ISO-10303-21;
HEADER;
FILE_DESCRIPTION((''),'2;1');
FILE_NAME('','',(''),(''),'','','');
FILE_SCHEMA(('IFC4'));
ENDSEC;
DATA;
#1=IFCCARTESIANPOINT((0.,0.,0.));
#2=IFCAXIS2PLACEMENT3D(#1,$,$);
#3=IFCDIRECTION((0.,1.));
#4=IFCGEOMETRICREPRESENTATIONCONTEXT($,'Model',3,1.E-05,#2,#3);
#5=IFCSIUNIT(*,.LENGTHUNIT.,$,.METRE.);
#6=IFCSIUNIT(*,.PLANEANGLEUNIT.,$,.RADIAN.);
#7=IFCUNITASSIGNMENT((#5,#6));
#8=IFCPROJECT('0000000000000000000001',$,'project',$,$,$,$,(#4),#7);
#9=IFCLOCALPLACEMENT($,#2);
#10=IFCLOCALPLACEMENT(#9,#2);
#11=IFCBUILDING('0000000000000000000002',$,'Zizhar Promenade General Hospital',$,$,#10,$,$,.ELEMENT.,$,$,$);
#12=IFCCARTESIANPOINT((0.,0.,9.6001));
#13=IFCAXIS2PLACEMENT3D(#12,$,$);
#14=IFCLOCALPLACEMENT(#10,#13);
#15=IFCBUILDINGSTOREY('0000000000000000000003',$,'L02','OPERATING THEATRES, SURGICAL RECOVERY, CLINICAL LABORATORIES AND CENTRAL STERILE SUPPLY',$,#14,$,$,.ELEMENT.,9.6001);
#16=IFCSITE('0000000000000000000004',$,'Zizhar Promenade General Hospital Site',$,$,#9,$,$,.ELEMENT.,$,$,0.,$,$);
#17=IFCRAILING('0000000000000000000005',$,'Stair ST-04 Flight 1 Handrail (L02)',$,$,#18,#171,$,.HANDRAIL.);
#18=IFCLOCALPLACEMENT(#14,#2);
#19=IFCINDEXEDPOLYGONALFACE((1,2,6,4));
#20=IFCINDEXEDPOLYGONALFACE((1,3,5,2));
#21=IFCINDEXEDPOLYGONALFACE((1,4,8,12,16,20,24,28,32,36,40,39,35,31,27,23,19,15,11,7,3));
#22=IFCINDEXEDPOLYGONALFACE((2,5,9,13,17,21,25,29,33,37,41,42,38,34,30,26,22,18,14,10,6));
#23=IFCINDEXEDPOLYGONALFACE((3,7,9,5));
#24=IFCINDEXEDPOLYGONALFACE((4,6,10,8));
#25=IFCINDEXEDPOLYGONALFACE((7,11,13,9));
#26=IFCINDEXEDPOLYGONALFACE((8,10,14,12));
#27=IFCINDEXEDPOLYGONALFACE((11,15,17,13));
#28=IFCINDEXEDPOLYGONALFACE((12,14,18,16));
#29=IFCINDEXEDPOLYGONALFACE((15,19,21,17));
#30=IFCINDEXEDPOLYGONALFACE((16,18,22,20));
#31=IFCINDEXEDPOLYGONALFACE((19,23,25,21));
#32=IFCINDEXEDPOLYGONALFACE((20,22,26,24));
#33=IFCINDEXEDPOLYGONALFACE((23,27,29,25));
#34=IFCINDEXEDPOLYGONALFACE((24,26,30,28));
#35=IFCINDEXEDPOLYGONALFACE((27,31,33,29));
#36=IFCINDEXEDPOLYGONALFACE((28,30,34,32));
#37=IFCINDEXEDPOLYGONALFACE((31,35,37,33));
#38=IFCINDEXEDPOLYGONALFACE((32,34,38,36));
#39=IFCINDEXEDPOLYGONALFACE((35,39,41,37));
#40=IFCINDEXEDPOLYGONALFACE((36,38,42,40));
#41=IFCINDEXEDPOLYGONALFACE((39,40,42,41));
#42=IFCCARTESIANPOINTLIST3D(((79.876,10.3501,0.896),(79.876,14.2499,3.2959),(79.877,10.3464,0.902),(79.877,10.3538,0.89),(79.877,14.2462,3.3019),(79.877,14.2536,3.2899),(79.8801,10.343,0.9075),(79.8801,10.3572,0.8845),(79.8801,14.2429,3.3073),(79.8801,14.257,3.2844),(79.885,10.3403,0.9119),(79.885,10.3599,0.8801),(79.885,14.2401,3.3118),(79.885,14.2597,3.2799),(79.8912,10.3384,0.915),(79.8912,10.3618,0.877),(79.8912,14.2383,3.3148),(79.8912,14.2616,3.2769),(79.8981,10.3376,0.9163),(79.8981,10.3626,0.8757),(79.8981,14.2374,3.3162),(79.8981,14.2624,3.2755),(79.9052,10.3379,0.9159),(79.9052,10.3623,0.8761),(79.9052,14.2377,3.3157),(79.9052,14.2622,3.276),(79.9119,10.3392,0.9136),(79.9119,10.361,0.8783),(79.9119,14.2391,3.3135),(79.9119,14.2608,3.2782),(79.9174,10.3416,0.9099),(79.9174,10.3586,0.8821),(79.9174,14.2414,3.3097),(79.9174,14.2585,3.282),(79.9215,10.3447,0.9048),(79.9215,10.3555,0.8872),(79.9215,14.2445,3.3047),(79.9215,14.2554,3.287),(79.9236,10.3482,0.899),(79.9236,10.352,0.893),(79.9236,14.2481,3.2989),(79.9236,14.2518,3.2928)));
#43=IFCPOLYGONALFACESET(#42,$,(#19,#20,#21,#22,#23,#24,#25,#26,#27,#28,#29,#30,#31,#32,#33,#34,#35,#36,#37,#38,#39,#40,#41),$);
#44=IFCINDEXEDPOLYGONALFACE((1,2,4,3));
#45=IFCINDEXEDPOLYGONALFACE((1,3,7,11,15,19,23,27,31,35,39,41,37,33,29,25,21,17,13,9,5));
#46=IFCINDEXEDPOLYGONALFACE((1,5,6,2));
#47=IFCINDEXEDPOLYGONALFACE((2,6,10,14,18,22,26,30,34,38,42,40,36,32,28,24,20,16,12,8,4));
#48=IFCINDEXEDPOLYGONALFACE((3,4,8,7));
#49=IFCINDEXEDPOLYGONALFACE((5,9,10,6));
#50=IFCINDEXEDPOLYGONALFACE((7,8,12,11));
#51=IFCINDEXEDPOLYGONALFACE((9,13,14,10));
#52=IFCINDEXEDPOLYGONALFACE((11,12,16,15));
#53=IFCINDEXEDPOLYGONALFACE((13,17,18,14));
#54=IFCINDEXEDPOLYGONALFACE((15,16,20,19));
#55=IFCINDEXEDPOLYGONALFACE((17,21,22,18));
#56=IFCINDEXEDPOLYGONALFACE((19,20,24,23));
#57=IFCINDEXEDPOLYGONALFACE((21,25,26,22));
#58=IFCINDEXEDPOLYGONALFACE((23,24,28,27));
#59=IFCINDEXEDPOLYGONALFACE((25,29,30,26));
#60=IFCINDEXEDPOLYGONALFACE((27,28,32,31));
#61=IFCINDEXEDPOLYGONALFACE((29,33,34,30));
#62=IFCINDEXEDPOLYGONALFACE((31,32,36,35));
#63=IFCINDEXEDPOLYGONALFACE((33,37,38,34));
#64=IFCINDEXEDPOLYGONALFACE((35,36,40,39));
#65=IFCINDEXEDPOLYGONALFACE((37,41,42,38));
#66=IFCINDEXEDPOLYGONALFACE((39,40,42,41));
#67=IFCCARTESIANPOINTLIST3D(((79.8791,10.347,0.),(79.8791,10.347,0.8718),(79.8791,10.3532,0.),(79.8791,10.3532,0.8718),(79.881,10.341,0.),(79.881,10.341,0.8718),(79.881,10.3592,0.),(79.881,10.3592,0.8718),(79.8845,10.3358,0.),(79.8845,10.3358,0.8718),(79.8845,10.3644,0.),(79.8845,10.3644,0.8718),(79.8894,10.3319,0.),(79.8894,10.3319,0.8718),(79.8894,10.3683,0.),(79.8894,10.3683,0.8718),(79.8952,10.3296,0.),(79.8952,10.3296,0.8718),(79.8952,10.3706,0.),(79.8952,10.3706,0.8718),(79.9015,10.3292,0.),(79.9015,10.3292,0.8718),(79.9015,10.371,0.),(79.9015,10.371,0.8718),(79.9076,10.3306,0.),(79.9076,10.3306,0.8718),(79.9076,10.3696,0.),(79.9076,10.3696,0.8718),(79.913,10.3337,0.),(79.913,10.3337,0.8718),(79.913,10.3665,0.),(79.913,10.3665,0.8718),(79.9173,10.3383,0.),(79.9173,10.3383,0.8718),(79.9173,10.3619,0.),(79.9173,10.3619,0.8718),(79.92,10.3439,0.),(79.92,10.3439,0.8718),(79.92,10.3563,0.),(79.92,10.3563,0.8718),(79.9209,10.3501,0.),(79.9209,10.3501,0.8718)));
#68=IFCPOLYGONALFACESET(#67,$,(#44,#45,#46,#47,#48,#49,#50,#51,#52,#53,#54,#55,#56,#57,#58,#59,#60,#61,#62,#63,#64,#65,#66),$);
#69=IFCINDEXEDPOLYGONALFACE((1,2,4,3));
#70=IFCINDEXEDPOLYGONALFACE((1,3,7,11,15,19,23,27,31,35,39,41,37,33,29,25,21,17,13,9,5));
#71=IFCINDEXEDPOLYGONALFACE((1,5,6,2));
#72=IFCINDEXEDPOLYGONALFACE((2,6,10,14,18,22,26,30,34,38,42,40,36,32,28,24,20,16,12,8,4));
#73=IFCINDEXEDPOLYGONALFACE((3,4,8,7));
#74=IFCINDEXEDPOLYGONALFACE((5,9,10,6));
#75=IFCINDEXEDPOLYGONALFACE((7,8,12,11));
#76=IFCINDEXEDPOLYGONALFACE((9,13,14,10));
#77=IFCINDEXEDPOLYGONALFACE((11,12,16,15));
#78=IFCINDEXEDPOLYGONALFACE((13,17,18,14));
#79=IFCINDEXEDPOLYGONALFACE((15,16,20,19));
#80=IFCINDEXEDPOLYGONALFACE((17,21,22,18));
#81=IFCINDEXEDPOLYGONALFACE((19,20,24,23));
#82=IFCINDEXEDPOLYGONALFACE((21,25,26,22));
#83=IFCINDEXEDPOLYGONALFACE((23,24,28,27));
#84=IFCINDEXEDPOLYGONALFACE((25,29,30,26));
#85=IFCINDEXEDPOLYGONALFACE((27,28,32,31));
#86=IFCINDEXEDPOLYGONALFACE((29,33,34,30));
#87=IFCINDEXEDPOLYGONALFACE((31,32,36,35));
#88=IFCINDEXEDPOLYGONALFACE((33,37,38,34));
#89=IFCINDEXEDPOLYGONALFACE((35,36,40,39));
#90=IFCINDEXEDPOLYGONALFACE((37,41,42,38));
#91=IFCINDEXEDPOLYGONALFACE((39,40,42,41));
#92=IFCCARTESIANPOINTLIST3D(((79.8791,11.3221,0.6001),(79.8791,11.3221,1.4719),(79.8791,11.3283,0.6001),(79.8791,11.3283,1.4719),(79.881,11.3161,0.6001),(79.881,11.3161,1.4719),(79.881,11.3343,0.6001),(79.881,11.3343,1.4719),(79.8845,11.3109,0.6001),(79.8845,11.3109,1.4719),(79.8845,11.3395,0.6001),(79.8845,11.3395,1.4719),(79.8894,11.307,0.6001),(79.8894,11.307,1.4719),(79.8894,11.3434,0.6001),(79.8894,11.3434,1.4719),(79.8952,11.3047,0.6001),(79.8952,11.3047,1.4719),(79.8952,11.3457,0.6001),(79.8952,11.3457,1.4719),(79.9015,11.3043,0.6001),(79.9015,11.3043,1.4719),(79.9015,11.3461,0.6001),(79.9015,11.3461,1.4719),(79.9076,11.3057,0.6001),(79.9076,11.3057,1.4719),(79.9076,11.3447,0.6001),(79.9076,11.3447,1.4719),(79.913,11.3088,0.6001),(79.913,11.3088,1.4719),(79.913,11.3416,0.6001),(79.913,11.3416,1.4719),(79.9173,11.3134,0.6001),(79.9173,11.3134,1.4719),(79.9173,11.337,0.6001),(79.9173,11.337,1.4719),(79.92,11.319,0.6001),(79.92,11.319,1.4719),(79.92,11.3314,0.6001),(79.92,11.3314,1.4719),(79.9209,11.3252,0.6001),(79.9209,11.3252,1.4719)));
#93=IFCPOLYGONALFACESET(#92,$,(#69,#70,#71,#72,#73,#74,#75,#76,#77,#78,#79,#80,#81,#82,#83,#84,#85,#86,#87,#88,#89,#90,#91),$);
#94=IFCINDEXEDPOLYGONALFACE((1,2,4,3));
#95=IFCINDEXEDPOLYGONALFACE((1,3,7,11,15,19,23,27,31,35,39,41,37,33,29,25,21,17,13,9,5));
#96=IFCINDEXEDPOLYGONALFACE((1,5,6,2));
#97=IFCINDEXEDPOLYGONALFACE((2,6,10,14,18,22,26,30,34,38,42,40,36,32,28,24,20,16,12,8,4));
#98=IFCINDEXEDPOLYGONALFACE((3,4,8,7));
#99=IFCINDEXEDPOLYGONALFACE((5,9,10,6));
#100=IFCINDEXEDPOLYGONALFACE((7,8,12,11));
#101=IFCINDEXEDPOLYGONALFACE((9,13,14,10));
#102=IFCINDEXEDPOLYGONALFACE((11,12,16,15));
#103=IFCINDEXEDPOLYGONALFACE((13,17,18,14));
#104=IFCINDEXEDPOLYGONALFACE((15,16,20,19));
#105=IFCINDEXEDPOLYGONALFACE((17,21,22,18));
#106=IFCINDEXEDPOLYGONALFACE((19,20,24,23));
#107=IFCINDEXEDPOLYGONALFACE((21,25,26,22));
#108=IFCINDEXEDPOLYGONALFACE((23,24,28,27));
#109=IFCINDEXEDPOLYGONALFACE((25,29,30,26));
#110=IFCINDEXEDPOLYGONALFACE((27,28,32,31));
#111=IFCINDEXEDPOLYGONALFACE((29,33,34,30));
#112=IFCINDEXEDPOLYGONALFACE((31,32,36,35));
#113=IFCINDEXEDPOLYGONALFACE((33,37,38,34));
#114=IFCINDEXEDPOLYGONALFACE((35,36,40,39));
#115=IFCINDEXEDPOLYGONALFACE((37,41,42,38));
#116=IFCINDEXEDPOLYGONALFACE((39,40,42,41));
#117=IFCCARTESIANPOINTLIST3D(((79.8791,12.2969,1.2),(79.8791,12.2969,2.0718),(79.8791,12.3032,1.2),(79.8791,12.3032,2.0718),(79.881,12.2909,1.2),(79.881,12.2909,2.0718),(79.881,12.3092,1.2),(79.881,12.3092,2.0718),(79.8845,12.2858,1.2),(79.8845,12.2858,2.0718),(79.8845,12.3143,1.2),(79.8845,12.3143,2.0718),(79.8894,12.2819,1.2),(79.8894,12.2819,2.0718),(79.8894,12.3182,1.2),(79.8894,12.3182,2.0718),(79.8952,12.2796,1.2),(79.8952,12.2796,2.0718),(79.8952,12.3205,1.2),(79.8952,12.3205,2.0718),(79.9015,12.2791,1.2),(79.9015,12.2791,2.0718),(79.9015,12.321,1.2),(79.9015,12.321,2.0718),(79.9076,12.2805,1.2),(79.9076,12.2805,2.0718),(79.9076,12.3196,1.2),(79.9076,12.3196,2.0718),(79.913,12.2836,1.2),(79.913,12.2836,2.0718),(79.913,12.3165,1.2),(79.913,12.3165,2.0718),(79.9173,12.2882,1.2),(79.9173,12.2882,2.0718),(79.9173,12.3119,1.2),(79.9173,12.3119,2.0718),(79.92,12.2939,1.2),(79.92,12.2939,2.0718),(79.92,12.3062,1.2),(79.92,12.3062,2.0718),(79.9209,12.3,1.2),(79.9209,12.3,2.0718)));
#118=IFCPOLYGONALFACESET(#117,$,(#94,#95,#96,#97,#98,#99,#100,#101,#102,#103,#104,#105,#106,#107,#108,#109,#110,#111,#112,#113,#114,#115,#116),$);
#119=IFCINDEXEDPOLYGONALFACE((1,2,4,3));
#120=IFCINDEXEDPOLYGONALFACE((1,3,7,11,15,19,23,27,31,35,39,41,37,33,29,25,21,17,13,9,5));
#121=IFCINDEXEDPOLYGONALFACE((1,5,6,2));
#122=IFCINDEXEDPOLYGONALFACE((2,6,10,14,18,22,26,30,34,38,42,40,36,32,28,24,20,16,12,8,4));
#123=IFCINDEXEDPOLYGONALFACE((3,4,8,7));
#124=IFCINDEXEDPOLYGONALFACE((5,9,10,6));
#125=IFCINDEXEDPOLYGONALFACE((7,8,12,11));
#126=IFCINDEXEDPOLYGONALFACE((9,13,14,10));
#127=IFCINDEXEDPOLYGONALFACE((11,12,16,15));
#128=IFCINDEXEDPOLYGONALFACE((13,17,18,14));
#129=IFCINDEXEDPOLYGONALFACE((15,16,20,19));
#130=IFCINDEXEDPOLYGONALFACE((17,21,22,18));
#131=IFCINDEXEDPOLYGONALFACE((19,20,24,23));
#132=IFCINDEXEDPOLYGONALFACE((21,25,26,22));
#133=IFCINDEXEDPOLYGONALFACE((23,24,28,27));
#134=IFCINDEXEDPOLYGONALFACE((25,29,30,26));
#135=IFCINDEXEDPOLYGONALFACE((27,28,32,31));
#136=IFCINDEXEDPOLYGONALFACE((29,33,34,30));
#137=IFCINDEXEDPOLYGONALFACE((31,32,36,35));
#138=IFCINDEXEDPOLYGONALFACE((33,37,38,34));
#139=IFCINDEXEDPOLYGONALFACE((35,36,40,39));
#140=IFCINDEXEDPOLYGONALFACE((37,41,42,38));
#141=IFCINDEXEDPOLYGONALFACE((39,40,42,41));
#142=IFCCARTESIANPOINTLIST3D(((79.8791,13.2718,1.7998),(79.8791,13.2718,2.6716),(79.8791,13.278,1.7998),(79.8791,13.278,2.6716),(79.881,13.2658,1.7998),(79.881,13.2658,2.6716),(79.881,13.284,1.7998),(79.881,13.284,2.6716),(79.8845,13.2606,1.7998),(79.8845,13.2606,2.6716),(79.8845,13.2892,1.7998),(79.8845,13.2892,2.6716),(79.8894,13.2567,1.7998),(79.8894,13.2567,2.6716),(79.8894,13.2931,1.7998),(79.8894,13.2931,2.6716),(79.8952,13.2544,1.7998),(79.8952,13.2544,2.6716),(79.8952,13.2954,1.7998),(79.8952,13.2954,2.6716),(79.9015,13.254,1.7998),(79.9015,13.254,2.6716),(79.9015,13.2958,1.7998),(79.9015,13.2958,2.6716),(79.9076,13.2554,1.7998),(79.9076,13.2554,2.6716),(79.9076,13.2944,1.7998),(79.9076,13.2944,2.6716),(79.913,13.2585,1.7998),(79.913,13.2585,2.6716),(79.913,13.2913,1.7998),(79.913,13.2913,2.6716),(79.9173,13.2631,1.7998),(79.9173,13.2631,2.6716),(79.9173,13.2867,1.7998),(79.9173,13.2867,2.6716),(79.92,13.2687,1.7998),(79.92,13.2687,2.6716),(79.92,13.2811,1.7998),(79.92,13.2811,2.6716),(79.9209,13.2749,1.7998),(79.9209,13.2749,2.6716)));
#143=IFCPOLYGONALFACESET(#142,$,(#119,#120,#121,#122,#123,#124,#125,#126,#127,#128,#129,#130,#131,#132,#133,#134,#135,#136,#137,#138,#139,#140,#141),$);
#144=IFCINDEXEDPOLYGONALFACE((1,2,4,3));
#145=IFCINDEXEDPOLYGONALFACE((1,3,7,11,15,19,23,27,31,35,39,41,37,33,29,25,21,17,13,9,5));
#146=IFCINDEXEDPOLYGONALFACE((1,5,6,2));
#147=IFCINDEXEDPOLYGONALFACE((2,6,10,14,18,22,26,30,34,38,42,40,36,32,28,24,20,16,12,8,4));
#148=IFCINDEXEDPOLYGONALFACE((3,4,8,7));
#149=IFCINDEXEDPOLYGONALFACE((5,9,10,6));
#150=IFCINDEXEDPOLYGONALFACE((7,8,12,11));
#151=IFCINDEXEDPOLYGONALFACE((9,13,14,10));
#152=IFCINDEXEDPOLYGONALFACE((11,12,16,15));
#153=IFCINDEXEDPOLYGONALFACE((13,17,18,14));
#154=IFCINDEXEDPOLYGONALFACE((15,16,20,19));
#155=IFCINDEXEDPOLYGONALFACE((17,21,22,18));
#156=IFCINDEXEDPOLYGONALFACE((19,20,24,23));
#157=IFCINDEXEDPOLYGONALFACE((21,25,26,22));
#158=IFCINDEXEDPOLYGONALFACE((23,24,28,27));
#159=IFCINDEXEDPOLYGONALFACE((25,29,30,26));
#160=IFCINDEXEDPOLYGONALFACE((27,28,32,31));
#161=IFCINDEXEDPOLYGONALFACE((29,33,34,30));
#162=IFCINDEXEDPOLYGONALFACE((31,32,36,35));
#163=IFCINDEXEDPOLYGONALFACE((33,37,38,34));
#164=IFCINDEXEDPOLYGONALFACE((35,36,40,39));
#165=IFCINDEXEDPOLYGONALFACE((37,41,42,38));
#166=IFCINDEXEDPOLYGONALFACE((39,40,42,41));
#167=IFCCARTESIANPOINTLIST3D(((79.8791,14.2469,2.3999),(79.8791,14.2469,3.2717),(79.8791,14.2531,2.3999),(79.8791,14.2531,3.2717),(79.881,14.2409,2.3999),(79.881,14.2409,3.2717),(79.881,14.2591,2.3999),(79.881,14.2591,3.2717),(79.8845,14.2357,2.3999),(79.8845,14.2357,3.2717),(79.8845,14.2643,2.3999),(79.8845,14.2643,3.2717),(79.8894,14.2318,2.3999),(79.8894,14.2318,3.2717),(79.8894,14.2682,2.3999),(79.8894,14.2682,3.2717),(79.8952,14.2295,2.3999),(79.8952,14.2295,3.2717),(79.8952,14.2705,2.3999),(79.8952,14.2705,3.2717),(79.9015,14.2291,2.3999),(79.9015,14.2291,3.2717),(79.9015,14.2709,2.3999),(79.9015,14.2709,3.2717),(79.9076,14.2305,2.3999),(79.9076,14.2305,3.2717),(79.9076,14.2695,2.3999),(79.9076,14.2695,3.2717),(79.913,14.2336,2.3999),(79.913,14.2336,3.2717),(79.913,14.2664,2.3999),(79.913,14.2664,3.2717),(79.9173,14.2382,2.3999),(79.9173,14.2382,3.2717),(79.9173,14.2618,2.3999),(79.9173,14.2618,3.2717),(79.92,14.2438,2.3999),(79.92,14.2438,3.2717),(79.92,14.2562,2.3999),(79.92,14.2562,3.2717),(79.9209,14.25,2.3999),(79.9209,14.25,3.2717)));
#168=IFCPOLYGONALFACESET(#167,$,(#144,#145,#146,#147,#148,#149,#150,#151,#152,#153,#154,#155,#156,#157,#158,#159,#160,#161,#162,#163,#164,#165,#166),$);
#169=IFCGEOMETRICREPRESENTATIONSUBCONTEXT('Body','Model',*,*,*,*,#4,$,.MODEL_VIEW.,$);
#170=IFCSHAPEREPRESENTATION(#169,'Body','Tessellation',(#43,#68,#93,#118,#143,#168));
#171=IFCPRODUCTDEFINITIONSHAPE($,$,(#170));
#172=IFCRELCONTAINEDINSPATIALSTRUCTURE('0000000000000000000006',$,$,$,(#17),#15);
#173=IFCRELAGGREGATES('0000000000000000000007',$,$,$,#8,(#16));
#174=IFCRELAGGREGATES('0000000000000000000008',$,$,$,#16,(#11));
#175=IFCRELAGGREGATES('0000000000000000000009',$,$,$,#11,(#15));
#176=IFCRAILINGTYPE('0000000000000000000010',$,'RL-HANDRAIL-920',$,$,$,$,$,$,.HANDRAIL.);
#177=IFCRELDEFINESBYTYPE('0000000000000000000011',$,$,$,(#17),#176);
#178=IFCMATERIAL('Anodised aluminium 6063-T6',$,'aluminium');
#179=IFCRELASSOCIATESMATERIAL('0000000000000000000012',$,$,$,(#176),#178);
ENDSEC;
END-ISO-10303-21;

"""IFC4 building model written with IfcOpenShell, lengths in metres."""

from ifc_helpers import new_model, si_unit, direction, frame, origin, origin_2d, place, context, subcontext, project, spatial, circle, hollow_circle, extrude, material, material_profile, profile_set, type_object, element, save


model = new_model("IFC4")

# Units and contexts
model_context = context("Model", 3, precision=1e-05, world=origin(), true_north=direction((0.0, 1.0)))
body_context = subcontext(model_context, "Body", "Model", "MODEL_VIEW")
ifc_project = project(units=[si_unit("LENGTHUNIT", "METRE"), si_unit("PLANEANGLEUNIT", "RADIAN")], contexts=[model_context])

# Site, building, storey
site_placement = place(None, origin())
site = spatial("IfcSite", under=ifc_project, at=site_placement, Name="Zizhar Promenade General Hospital Site", CompositionType="ELEMENT", RefElevation=0.0)
building_placement = place(site_placement, origin())
building = spatial("IfcBuilding", under=site, at=building_placement, Name="Zizhar Promenade General Hospital", CompositionType="ELEMENT")
storey_placement = place(building_placement, frame((0.0, 0.0, 9.6001)))
storey = spatial("IfcBuildingStorey", under=building, at=storey_placement, Name="L02", Description="OPERATING THEATRES, SURGICAL RECOVERY, CLINICAL LABORATORIES AND CENTRAL STERILE SUPPLY", CompositionType="ELEMENT", Elevation=9.6001)

# Railing
ifc_material_1 = material(Name="Anodised aluminium 6063-T6", Category="aluminium")
ifc_material_profile_1 = material_profile(ifc_material_1, hollow_circle(Radius=0.0698, WallThickness=0.0063, at=origin_2d()))
ifc_profile_set_1 = profile_set([ifc_material_profile_1], Name="Anodised aluminium 6063-T6")
railing_type_1 = type_object("IfcRailingType", Name="RL-HANDRAIL-920", PredefinedType="HANDRAIL", material=ifc_profile_set_1)
railing_1_placement = place(storey_placement, frame((79.8999, 10.3501, 0.0)))
element("IfcRailing", 1, at=railing_1_placement, inside=storey, type_object=railing_type_1, Name="Stair ST-04 Flight 1 Handrail (L02)", PredefinedType="HANDRAIL", context=body_context, shape_type="SweptSolid", body=[
    extrude(circle(Radius=0.0239, at=origin_2d()), frame((0.0, 0.0, 0.896), z_axis=(0.0, 0.851662, 0.524091), x_axis=(-1.0, 0.0, 0.0)), (0.0, 0.0, 1.0), 4.5791),
    extrude(circle(Radius=0.021, at=origin_2d()), origin(), (0.0, 0.0, 1.0), 0.8718),
    extrude(circle(Radius=0.021, at=origin_2d()), frame((0.0, 0.9751, 0.6001)), (0.0, 0.0, 1.0), 0.8718),
    extrude(circle(Radius=0.021, at=origin_2d()), frame((0.0, 1.95, 1.2)), (0.0, 0.0, 1.0), 0.8718),
    extrude(circle(Radius=0.021, at=origin_2d()), frame((0.0, 2.9248, 1.7998)), (0.0, 0.0, 1.0), 0.8718),
    extrude(circle(Radius=0.021, at=origin_2d()), frame((0.0, 3.8999, 2.3999)), (0.0, 0.0, 1.0), 0.8718),
])

save(model, "model.ifc")
